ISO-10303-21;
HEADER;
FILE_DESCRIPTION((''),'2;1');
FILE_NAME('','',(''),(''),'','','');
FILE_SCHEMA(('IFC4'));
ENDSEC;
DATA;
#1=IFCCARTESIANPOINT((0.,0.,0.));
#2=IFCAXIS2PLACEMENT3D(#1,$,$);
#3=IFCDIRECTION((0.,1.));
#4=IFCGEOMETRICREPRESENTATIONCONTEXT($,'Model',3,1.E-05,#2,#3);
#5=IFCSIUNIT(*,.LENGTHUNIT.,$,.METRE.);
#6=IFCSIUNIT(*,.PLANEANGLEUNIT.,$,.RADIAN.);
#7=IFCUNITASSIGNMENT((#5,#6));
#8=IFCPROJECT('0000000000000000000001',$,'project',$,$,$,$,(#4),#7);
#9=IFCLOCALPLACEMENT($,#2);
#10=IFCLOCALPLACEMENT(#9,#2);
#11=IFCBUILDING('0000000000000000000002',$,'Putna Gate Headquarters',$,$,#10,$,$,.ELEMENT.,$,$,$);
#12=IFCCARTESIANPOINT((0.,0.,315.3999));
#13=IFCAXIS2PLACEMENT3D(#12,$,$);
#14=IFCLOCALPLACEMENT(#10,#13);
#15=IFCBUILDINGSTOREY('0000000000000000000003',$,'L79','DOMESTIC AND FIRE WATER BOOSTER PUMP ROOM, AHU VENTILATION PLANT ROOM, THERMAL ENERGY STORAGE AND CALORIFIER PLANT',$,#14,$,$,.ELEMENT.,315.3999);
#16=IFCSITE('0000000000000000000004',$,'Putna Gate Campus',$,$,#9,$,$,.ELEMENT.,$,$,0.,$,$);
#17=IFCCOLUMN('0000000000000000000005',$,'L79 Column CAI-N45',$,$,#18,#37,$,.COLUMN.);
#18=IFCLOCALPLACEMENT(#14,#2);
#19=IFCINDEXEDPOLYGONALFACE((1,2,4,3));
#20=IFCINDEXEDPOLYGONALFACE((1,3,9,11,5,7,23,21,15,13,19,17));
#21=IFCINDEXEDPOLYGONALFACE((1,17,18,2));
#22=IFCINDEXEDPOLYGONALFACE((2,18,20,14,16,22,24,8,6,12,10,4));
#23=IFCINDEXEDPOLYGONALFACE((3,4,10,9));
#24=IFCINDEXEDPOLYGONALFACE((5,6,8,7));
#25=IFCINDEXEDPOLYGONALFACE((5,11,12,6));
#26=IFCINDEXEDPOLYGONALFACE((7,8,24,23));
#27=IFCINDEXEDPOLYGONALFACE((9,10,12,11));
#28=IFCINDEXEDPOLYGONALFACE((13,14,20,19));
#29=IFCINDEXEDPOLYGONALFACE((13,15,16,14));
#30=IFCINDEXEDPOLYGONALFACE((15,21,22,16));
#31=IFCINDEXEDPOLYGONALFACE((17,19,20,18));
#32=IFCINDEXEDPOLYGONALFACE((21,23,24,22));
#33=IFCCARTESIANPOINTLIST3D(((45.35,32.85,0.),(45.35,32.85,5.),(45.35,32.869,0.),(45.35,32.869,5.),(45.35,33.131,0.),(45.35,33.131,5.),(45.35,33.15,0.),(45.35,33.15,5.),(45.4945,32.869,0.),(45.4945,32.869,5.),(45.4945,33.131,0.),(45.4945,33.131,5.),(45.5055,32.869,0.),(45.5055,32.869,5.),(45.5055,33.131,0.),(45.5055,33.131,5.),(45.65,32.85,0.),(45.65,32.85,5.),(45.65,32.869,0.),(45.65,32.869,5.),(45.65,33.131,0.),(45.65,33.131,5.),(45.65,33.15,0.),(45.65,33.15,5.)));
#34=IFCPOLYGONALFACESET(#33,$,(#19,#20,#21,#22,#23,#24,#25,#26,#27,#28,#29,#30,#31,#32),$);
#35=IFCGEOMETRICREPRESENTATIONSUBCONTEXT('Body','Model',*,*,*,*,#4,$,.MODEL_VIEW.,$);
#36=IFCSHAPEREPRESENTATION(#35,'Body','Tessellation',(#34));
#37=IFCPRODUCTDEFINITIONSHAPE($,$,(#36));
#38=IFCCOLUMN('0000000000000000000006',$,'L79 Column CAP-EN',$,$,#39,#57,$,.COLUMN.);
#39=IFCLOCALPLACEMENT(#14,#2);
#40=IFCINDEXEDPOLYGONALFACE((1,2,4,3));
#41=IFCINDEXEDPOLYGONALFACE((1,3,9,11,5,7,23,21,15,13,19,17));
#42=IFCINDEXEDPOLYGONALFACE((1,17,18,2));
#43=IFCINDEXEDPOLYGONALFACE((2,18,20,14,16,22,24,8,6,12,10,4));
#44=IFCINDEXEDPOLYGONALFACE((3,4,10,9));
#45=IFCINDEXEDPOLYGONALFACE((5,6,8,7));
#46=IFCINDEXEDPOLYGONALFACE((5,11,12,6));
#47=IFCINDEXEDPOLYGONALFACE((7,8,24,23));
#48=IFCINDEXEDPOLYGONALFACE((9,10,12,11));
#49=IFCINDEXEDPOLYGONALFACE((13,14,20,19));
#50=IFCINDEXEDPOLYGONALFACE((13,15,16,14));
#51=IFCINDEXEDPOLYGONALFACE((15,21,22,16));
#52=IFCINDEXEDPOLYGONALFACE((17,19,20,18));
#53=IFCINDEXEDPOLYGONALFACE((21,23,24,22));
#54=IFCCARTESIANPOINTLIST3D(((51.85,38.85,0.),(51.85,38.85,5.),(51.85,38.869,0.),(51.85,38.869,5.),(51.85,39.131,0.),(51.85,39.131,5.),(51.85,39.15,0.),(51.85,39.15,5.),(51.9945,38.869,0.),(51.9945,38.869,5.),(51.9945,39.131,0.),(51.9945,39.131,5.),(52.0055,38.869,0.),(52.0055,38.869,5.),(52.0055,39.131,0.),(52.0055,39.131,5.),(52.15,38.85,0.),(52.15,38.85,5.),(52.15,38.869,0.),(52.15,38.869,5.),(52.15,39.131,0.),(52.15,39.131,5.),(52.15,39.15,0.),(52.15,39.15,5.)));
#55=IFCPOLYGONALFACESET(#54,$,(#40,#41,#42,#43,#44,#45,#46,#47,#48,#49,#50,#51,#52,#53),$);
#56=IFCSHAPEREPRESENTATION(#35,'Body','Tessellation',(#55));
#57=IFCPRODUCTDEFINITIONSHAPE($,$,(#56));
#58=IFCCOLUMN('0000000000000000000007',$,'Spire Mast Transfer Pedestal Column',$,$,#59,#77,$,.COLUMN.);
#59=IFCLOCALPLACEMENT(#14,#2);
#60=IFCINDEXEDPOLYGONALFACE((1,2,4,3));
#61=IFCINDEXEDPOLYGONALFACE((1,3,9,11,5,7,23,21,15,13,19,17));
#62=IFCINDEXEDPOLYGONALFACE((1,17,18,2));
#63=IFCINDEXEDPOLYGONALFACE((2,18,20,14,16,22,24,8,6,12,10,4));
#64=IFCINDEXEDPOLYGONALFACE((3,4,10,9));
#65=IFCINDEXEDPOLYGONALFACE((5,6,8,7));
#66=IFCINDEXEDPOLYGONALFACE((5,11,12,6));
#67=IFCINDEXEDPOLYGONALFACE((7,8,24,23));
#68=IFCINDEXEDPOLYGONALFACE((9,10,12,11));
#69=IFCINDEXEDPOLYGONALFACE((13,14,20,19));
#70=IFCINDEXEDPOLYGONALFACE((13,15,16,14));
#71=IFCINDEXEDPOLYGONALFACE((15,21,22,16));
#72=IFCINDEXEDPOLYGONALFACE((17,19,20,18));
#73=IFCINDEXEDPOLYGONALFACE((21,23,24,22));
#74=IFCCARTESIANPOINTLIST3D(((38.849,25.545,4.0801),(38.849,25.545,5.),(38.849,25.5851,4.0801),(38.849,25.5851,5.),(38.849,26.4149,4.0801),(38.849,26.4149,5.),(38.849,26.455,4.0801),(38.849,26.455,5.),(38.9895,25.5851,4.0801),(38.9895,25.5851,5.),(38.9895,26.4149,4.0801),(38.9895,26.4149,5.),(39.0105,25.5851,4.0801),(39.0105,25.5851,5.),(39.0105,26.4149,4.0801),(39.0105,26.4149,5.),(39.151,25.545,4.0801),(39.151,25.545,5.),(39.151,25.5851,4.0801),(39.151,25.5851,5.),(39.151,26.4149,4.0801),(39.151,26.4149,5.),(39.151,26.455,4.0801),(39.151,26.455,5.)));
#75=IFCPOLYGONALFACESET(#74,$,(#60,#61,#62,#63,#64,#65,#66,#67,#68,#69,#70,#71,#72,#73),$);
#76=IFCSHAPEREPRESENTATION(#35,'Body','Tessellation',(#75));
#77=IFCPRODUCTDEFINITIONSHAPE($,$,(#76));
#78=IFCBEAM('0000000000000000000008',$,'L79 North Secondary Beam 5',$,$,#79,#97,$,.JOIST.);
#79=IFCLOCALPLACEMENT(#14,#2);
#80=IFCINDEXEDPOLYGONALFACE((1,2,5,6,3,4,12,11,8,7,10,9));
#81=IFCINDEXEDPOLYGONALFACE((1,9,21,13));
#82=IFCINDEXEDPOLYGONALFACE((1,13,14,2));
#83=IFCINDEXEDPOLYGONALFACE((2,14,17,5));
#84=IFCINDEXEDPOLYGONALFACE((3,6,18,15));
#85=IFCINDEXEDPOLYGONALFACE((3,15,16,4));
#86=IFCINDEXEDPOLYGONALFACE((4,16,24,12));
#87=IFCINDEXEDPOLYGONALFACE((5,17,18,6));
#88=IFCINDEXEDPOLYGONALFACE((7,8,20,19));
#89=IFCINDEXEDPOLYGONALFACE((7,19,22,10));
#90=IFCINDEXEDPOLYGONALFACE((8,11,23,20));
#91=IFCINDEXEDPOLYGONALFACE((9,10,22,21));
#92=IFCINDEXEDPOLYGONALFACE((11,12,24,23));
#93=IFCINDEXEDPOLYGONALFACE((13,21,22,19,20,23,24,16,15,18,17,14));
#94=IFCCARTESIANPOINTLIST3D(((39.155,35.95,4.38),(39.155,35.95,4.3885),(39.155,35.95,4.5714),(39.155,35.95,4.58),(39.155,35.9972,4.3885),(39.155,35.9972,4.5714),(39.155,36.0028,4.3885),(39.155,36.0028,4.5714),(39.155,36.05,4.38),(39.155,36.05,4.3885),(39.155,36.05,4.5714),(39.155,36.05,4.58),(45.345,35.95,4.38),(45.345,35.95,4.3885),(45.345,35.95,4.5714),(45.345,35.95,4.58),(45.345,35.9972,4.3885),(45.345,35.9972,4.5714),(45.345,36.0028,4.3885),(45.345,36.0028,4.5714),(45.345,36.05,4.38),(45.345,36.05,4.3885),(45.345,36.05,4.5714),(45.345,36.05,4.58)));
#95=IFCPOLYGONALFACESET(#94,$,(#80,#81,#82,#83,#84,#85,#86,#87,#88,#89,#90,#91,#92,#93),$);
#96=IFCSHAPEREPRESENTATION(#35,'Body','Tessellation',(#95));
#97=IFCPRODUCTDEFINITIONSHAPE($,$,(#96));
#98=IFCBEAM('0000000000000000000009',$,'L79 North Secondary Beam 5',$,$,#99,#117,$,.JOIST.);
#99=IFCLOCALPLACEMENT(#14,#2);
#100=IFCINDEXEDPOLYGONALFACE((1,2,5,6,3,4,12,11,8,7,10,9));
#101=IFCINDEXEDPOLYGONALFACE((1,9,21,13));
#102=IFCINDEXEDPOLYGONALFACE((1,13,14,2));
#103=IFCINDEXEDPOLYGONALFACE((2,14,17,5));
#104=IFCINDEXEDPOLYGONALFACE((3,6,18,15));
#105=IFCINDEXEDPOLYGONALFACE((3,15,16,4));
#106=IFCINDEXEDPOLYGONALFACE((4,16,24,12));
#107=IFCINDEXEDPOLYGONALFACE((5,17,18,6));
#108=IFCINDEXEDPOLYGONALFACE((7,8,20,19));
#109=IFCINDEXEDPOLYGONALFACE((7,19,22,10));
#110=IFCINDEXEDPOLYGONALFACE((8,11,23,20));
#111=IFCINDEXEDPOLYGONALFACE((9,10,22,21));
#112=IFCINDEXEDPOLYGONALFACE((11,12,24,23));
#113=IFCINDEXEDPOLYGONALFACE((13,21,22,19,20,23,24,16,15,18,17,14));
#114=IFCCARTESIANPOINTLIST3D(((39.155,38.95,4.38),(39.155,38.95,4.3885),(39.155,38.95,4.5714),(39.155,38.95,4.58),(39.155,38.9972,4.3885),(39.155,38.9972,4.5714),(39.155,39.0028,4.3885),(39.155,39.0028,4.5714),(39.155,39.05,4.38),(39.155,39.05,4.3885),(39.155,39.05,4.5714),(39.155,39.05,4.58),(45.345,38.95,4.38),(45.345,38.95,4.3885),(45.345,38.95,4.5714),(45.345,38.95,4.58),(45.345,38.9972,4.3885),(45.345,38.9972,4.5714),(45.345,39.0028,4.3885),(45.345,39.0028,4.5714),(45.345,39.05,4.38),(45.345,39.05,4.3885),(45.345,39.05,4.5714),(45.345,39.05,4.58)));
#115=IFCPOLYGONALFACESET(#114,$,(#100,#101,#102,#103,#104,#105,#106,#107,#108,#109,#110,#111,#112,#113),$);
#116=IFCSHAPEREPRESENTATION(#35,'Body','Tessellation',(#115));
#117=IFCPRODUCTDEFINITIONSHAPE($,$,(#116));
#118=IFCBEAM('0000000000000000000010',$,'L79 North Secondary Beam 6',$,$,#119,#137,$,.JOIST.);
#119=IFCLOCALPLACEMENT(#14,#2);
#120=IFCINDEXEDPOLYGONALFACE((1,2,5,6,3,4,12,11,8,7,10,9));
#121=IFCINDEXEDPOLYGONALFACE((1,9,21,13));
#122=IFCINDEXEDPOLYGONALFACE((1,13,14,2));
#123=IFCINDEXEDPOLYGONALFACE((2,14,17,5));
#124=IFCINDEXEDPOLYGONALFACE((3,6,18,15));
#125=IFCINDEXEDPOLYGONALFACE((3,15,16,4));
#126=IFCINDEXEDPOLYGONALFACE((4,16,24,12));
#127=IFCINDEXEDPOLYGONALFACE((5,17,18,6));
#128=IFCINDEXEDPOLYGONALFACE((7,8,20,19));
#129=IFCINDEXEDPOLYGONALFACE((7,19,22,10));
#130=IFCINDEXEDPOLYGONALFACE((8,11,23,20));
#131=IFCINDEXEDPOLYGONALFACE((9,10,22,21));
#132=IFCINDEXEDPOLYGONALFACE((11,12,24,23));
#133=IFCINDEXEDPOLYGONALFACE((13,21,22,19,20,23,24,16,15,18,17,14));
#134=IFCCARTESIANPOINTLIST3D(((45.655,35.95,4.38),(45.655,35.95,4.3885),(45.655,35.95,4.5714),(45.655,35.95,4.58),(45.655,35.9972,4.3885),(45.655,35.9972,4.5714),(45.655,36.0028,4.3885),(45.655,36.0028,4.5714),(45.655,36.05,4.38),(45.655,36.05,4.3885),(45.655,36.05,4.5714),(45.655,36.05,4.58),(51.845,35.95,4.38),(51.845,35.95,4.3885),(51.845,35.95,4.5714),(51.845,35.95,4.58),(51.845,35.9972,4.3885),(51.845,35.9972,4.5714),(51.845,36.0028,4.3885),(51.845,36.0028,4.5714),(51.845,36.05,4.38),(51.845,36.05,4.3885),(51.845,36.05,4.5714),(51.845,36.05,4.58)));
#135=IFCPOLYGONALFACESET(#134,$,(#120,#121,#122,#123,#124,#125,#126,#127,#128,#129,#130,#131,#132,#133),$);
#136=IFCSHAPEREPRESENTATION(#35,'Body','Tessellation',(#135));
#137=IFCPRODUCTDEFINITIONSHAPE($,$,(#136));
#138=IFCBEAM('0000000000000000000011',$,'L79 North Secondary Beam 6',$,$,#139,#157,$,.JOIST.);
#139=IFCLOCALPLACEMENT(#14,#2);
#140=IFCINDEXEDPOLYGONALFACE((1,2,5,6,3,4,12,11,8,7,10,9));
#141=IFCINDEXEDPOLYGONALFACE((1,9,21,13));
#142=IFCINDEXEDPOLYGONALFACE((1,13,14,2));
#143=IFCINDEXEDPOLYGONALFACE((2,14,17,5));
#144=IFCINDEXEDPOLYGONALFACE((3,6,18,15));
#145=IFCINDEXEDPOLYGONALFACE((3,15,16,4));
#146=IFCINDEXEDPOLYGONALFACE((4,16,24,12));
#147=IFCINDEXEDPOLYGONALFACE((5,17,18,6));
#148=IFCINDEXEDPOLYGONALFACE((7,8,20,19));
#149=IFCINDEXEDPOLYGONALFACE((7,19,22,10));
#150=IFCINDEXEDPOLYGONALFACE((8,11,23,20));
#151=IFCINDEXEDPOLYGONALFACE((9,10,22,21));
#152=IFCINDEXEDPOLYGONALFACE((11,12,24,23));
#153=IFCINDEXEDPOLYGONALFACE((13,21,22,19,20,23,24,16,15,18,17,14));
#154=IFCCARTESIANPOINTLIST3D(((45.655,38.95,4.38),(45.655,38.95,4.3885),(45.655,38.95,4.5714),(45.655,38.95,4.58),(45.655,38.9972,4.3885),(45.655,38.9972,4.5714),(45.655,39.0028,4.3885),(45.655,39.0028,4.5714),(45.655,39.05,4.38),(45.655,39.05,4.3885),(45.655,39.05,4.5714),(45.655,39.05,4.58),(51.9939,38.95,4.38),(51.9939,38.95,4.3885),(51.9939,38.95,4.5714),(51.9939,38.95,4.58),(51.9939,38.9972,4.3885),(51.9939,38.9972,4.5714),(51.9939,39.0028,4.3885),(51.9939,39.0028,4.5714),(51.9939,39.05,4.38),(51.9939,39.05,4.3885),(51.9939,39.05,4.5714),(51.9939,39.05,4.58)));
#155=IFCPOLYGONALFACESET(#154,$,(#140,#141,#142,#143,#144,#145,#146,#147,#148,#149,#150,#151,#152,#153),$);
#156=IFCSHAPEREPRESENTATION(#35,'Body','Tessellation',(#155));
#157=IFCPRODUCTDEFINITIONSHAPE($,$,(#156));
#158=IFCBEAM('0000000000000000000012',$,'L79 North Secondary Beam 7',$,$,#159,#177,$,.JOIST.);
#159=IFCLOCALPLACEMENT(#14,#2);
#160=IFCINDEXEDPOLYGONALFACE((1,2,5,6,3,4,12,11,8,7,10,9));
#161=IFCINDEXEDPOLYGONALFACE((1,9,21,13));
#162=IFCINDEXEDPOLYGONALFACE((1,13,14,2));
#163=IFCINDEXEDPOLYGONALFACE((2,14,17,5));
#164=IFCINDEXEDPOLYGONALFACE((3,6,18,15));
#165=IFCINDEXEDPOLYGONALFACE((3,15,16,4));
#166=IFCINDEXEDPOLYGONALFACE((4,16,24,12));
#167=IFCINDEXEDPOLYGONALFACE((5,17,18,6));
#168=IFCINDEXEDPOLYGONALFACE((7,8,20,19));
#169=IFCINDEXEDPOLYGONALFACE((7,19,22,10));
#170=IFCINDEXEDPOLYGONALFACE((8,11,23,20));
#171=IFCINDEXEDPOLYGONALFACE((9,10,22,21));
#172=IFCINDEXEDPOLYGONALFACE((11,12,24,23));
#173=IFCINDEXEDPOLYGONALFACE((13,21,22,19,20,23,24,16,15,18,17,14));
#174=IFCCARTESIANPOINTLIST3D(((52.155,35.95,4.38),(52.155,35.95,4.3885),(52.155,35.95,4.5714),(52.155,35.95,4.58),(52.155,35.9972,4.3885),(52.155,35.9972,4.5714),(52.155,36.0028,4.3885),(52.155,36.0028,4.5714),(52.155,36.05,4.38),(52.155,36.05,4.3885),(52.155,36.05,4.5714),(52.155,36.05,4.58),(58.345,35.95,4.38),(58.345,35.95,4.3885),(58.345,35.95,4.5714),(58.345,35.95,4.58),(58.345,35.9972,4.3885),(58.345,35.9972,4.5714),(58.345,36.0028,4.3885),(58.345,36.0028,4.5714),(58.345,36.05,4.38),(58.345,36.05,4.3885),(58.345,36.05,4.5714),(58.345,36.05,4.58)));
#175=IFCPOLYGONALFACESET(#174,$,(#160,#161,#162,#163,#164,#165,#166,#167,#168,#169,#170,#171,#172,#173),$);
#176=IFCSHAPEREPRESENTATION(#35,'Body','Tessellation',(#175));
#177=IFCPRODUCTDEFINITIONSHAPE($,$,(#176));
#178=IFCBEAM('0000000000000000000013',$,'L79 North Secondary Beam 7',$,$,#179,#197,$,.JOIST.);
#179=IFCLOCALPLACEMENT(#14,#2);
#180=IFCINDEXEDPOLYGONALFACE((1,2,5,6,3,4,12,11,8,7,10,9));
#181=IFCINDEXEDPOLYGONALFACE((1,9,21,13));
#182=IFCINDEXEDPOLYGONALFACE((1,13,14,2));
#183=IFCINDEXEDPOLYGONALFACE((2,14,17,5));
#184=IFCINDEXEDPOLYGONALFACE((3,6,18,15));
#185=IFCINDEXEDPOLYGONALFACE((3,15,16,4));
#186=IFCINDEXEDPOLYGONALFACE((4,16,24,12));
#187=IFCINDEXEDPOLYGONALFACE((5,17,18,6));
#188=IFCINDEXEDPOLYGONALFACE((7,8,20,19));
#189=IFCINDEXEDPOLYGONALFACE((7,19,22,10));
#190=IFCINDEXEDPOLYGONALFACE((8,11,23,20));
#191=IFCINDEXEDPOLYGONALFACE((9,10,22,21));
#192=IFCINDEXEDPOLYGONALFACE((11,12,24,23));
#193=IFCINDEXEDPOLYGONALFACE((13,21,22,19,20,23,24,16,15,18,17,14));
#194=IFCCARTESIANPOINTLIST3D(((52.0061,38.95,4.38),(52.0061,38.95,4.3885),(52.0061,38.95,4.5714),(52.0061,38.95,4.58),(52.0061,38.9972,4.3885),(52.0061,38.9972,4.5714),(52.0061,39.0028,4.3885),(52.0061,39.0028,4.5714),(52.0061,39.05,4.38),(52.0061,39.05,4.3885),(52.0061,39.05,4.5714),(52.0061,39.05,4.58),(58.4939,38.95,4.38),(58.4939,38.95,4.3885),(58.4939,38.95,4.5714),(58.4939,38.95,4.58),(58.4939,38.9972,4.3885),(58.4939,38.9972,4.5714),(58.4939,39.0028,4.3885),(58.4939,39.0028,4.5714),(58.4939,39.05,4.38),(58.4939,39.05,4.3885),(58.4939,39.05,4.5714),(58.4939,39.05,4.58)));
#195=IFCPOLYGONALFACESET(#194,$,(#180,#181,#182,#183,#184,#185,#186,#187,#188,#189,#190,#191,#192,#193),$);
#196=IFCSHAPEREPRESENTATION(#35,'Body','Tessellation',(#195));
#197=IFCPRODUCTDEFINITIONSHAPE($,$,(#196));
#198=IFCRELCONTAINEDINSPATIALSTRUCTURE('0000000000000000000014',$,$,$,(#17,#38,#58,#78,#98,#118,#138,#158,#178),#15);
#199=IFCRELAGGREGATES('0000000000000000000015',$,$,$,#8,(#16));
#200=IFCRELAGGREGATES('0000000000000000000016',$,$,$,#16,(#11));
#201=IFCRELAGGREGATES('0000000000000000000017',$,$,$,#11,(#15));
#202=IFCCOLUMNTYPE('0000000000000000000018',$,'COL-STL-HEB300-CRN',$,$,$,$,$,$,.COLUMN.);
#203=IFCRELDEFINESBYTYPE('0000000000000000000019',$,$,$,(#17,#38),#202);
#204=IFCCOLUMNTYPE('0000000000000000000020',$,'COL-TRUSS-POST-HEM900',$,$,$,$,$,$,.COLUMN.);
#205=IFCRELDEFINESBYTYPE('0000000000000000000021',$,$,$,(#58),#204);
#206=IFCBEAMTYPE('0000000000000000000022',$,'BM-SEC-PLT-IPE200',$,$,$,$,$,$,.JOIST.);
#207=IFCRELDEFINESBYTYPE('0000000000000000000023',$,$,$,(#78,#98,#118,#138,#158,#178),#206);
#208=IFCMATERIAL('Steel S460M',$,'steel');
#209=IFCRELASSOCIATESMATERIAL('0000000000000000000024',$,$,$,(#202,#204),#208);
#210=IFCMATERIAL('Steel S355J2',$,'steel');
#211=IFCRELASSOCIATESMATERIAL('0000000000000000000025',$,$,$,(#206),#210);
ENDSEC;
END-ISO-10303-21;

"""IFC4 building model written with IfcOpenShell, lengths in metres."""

from ifc_helpers import new_model, si_unit, direction, frame, origin, origin_2d, place, context, subcontext, project, spatial, i_section, extrude, material, material_profile, profile_set, type_object, element, save


model = new_model("IFC4")

# Units and contexts
model_context = context("Model", 3, precision=1e-05, world=origin(), true_north=direction((0.0, 1.0)))
body_context = subcontext(model_context, "Body", "Model", "MODEL_VIEW")
ifc_project = project(units=[si_unit("LENGTHUNIT", "METRE"), si_unit("PLANEANGLEUNIT", "RADIAN")], contexts=[model_context])

# Site, building, storey
site_placement = place(None, origin())
site = spatial("IfcSite", under=ifc_project, at=site_placement, Name="Putna Gate Campus", CompositionType="ELEMENT", RefElevation=0.0)
building_placement = place(site_placement, origin())
building = spatial("IfcBuilding", under=site, at=building_placement, Name="Putna Gate Headquarters", CompositionType="ELEMENT")
storey_placement = place(building_placement, frame((0.0, 0.0, 315.3999)))
storey = spatial("IfcBuildingStorey", under=building, at=storey_placement, Name="L79", Description="DOMESTIC AND FIRE WATER BOOSTER PUMP ROOM, AHU VENTILATION PLANT ROOM, THERMAL ENERGY STORAGE AND CALORIFIER PLANT", CompositionType="ELEMENT", Elevation=315.3999)

# Columns
ifc_material_1 = material(Name="Steel S460M", Category="steel")
ifc_material_profile_1 = material_profile(ifc_material_1, i_section(OverallWidth=0.3, OverallDepth=0.3, WebThickness=0.011, FlangeThickness=0.019, at=origin_2d()), Name="Steel S460M")
ifc_profile_set_1 = profile_set([ifc_material_profile_1], Name="Steel S460M")
column_type_1 = type_object("IfcColumnType", Name="COL-STL-HEB300-CRN", PredefinedType="COLUMN", material=ifc_profile_set_1)
for number, where, z_axis, x_axis, name in (
    (1, (45.5, 33.0, 0.0), (0.0, 0.0, 1.0), (1.0, 0.0, 0.0), "L79 Column CAI-N45"),
    (2, (52.0, 39.0, 0.0), (0.0, 0.0, 1.0), (1.0, 0.0, 0.0), "L79 Column CAP-EN"),
):
    element("IfcColumn", number, at=place(storey_placement, frame(where, z_axis=z_axis, x_axis=x_axis)), inside=storey, type_object=column_type_1, Name=name, PredefinedType="COLUMN", context=body_context, shape_type="SweptSolid", body=[
        extrude(i_section(OverallWidth=0.3, OverallDepth=0.3, WebThickness=0.011, FlangeThickness=0.019, at=origin_2d()), origin(), (0.0, 0.0, 1.0), 5.0),
    ])
ifc_material_profile_2 = material_profile(ifc_material_1, i_section(OverallWidth=0.302, OverallDepth=0.9099, WebThickness=0.021, FlangeThickness=0.04, at=origin_2d()), Name="Steel S460M")
ifc_profile_set_2 = profile_set([ifc_material_profile_2], Name="Steel S460M")
column_type_2 = type_object("IfcColumnType", Name="COL-TRUSS-POST-HEM900", PredefinedType="COLUMN", material=ifc_profile_set_2)
column_placement = place(storey_placement, frame((39.0, 26.0, 4.0801), z_axis=(0.0, 0.0, 1.0), x_axis=(1.0, 0.0, 0.0)))
element("IfcColumn", 3, at=column_placement, inside=storey, type_object=column_type_2, Name="Spire Mast Transfer Pedestal Column", PredefinedType="COLUMN", context=body_context, shape_type="SweptSolid", body=[
    extrude(i_section(OverallWidth=0.302, OverallDepth=0.9099, WebThickness=0.021, FlangeThickness=0.04, at=origin_2d()), origin(), (0.0, 0.0, 1.0), 0.9199),
])

# Beams
ifc_material_2 = material(Name="Steel S355J2", Category="steel")
ifc_material_profile_3 = material_profile(ifc_material_2, i_section(OverallWidth=0.1001, OverallDepth=0.2, WebThickness=0.0056, FlangeThickness=0.0085, at=origin_2d()), Name="Steel S355J2")
ifc_profile_set_3 = profile_set([ifc_material_profile_3], Name="Steel S355J2")
beam_type_1 = type_object("IfcBeamType", Name="BM-SEC-PLT-IPE200", PredefinedType="JOIST", material=ifc_profile_set_3)
for number, where, z_axis, x_axis, name in (
    (4, (39.155, 36.0, 4.48), (1.0, 0.0, 0.0), (0.0, 1.0, 0.0), "L79 North Secondary Beam 5"),
    (5, (39.155, 39.0, 4.48), (1.0, 0.0, 0.0), (0.0, 1.0, 0.0), "L79 North Secondary Beam 5"),
    (6, (45.655, 36.0, 4.48), (1.0, 0.0, 0.0), (0.0, 1.0, 0.0), "L79 North Secondary Beam 6"),
):
    element("IfcBeam", number, at=place(storey_placement, frame(where, z_axis=z_axis, x_axis=x_axis)), inside=storey, type_object=beam_type_1, Name=name, PredefinedType="JOIST", context=body_context, shape_type="SweptSolid", body=[
        extrude(i_section(OverallWidth=0.1001, OverallDepth=0.2, WebThickness=0.0056, FlangeThickness=0.0085, at=origin_2d()), origin(), (0.0, 0.0, 1.0), 6.1899),
    ])
beam_1_placement = place(storey_placement, frame((45.655, 39.0, 4.48), z_axis=(1.0, 0.0, 0.0), x_axis=(0.0, 1.0, 0.0)))
element("IfcBeam", 7, at=beam_1_placement, inside=storey, type_object=beam_type_1, Name="L79 North Secondary Beam 6", PredefinedType="JOIST", context=body_context, shape_type="SweptSolid", body=[
    extrude(i_section(OverallWidth=0.1001, OverallDepth=0.2, WebThickness=0.0056, FlangeThickness=0.0085, at=origin_2d()), origin(), (0.0, 0.0, 1.0), 6.3389),
])
beam_2_placement = place(storey_placement, frame((52.155, 36.0, 4.48), z_axis=(1.0, 0.0, 0.0), x_axis=(0.0, 1.0, 0.0)))
element("IfcBeam", 8, at=beam_2_placement, inside=storey, type_object=beam_type_1, Name="L79 North Secondary Beam 7", PredefinedType="JOIST", context=body_context, shape_type="SweptSolid", body=[
    extrude(i_section(OverallWidth=0.1001, OverallDepth=0.2, WebThickness=0.0056, FlangeThickness=0.0085, at=origin_2d()), origin(), (0.0, 0.0, 1.0), 6.1899),
])
beam_3_placement = place(storey_placement, frame((52.0061, 39.0, 4.48), z_axis=(1.0, 0.0, 0.0), x_axis=(0.0, 1.0, 0.0)))
element("IfcBeam", 9, at=beam_3_placement, inside=storey, type_object=beam_type_1, Name="L79 North Secondary Beam 7", PredefinedType="JOIST", context=body_context, shape_type="SweptSolid", body=[
    extrude(i_section(OverallWidth=0.1001, OverallDepth=0.2, WebThickness=0.0056, FlangeThickness=0.0085, at=origin_2d()), origin(), (0.0, 0.0, 1.0), 6.4878),
])

save(model, "model.ifc")
